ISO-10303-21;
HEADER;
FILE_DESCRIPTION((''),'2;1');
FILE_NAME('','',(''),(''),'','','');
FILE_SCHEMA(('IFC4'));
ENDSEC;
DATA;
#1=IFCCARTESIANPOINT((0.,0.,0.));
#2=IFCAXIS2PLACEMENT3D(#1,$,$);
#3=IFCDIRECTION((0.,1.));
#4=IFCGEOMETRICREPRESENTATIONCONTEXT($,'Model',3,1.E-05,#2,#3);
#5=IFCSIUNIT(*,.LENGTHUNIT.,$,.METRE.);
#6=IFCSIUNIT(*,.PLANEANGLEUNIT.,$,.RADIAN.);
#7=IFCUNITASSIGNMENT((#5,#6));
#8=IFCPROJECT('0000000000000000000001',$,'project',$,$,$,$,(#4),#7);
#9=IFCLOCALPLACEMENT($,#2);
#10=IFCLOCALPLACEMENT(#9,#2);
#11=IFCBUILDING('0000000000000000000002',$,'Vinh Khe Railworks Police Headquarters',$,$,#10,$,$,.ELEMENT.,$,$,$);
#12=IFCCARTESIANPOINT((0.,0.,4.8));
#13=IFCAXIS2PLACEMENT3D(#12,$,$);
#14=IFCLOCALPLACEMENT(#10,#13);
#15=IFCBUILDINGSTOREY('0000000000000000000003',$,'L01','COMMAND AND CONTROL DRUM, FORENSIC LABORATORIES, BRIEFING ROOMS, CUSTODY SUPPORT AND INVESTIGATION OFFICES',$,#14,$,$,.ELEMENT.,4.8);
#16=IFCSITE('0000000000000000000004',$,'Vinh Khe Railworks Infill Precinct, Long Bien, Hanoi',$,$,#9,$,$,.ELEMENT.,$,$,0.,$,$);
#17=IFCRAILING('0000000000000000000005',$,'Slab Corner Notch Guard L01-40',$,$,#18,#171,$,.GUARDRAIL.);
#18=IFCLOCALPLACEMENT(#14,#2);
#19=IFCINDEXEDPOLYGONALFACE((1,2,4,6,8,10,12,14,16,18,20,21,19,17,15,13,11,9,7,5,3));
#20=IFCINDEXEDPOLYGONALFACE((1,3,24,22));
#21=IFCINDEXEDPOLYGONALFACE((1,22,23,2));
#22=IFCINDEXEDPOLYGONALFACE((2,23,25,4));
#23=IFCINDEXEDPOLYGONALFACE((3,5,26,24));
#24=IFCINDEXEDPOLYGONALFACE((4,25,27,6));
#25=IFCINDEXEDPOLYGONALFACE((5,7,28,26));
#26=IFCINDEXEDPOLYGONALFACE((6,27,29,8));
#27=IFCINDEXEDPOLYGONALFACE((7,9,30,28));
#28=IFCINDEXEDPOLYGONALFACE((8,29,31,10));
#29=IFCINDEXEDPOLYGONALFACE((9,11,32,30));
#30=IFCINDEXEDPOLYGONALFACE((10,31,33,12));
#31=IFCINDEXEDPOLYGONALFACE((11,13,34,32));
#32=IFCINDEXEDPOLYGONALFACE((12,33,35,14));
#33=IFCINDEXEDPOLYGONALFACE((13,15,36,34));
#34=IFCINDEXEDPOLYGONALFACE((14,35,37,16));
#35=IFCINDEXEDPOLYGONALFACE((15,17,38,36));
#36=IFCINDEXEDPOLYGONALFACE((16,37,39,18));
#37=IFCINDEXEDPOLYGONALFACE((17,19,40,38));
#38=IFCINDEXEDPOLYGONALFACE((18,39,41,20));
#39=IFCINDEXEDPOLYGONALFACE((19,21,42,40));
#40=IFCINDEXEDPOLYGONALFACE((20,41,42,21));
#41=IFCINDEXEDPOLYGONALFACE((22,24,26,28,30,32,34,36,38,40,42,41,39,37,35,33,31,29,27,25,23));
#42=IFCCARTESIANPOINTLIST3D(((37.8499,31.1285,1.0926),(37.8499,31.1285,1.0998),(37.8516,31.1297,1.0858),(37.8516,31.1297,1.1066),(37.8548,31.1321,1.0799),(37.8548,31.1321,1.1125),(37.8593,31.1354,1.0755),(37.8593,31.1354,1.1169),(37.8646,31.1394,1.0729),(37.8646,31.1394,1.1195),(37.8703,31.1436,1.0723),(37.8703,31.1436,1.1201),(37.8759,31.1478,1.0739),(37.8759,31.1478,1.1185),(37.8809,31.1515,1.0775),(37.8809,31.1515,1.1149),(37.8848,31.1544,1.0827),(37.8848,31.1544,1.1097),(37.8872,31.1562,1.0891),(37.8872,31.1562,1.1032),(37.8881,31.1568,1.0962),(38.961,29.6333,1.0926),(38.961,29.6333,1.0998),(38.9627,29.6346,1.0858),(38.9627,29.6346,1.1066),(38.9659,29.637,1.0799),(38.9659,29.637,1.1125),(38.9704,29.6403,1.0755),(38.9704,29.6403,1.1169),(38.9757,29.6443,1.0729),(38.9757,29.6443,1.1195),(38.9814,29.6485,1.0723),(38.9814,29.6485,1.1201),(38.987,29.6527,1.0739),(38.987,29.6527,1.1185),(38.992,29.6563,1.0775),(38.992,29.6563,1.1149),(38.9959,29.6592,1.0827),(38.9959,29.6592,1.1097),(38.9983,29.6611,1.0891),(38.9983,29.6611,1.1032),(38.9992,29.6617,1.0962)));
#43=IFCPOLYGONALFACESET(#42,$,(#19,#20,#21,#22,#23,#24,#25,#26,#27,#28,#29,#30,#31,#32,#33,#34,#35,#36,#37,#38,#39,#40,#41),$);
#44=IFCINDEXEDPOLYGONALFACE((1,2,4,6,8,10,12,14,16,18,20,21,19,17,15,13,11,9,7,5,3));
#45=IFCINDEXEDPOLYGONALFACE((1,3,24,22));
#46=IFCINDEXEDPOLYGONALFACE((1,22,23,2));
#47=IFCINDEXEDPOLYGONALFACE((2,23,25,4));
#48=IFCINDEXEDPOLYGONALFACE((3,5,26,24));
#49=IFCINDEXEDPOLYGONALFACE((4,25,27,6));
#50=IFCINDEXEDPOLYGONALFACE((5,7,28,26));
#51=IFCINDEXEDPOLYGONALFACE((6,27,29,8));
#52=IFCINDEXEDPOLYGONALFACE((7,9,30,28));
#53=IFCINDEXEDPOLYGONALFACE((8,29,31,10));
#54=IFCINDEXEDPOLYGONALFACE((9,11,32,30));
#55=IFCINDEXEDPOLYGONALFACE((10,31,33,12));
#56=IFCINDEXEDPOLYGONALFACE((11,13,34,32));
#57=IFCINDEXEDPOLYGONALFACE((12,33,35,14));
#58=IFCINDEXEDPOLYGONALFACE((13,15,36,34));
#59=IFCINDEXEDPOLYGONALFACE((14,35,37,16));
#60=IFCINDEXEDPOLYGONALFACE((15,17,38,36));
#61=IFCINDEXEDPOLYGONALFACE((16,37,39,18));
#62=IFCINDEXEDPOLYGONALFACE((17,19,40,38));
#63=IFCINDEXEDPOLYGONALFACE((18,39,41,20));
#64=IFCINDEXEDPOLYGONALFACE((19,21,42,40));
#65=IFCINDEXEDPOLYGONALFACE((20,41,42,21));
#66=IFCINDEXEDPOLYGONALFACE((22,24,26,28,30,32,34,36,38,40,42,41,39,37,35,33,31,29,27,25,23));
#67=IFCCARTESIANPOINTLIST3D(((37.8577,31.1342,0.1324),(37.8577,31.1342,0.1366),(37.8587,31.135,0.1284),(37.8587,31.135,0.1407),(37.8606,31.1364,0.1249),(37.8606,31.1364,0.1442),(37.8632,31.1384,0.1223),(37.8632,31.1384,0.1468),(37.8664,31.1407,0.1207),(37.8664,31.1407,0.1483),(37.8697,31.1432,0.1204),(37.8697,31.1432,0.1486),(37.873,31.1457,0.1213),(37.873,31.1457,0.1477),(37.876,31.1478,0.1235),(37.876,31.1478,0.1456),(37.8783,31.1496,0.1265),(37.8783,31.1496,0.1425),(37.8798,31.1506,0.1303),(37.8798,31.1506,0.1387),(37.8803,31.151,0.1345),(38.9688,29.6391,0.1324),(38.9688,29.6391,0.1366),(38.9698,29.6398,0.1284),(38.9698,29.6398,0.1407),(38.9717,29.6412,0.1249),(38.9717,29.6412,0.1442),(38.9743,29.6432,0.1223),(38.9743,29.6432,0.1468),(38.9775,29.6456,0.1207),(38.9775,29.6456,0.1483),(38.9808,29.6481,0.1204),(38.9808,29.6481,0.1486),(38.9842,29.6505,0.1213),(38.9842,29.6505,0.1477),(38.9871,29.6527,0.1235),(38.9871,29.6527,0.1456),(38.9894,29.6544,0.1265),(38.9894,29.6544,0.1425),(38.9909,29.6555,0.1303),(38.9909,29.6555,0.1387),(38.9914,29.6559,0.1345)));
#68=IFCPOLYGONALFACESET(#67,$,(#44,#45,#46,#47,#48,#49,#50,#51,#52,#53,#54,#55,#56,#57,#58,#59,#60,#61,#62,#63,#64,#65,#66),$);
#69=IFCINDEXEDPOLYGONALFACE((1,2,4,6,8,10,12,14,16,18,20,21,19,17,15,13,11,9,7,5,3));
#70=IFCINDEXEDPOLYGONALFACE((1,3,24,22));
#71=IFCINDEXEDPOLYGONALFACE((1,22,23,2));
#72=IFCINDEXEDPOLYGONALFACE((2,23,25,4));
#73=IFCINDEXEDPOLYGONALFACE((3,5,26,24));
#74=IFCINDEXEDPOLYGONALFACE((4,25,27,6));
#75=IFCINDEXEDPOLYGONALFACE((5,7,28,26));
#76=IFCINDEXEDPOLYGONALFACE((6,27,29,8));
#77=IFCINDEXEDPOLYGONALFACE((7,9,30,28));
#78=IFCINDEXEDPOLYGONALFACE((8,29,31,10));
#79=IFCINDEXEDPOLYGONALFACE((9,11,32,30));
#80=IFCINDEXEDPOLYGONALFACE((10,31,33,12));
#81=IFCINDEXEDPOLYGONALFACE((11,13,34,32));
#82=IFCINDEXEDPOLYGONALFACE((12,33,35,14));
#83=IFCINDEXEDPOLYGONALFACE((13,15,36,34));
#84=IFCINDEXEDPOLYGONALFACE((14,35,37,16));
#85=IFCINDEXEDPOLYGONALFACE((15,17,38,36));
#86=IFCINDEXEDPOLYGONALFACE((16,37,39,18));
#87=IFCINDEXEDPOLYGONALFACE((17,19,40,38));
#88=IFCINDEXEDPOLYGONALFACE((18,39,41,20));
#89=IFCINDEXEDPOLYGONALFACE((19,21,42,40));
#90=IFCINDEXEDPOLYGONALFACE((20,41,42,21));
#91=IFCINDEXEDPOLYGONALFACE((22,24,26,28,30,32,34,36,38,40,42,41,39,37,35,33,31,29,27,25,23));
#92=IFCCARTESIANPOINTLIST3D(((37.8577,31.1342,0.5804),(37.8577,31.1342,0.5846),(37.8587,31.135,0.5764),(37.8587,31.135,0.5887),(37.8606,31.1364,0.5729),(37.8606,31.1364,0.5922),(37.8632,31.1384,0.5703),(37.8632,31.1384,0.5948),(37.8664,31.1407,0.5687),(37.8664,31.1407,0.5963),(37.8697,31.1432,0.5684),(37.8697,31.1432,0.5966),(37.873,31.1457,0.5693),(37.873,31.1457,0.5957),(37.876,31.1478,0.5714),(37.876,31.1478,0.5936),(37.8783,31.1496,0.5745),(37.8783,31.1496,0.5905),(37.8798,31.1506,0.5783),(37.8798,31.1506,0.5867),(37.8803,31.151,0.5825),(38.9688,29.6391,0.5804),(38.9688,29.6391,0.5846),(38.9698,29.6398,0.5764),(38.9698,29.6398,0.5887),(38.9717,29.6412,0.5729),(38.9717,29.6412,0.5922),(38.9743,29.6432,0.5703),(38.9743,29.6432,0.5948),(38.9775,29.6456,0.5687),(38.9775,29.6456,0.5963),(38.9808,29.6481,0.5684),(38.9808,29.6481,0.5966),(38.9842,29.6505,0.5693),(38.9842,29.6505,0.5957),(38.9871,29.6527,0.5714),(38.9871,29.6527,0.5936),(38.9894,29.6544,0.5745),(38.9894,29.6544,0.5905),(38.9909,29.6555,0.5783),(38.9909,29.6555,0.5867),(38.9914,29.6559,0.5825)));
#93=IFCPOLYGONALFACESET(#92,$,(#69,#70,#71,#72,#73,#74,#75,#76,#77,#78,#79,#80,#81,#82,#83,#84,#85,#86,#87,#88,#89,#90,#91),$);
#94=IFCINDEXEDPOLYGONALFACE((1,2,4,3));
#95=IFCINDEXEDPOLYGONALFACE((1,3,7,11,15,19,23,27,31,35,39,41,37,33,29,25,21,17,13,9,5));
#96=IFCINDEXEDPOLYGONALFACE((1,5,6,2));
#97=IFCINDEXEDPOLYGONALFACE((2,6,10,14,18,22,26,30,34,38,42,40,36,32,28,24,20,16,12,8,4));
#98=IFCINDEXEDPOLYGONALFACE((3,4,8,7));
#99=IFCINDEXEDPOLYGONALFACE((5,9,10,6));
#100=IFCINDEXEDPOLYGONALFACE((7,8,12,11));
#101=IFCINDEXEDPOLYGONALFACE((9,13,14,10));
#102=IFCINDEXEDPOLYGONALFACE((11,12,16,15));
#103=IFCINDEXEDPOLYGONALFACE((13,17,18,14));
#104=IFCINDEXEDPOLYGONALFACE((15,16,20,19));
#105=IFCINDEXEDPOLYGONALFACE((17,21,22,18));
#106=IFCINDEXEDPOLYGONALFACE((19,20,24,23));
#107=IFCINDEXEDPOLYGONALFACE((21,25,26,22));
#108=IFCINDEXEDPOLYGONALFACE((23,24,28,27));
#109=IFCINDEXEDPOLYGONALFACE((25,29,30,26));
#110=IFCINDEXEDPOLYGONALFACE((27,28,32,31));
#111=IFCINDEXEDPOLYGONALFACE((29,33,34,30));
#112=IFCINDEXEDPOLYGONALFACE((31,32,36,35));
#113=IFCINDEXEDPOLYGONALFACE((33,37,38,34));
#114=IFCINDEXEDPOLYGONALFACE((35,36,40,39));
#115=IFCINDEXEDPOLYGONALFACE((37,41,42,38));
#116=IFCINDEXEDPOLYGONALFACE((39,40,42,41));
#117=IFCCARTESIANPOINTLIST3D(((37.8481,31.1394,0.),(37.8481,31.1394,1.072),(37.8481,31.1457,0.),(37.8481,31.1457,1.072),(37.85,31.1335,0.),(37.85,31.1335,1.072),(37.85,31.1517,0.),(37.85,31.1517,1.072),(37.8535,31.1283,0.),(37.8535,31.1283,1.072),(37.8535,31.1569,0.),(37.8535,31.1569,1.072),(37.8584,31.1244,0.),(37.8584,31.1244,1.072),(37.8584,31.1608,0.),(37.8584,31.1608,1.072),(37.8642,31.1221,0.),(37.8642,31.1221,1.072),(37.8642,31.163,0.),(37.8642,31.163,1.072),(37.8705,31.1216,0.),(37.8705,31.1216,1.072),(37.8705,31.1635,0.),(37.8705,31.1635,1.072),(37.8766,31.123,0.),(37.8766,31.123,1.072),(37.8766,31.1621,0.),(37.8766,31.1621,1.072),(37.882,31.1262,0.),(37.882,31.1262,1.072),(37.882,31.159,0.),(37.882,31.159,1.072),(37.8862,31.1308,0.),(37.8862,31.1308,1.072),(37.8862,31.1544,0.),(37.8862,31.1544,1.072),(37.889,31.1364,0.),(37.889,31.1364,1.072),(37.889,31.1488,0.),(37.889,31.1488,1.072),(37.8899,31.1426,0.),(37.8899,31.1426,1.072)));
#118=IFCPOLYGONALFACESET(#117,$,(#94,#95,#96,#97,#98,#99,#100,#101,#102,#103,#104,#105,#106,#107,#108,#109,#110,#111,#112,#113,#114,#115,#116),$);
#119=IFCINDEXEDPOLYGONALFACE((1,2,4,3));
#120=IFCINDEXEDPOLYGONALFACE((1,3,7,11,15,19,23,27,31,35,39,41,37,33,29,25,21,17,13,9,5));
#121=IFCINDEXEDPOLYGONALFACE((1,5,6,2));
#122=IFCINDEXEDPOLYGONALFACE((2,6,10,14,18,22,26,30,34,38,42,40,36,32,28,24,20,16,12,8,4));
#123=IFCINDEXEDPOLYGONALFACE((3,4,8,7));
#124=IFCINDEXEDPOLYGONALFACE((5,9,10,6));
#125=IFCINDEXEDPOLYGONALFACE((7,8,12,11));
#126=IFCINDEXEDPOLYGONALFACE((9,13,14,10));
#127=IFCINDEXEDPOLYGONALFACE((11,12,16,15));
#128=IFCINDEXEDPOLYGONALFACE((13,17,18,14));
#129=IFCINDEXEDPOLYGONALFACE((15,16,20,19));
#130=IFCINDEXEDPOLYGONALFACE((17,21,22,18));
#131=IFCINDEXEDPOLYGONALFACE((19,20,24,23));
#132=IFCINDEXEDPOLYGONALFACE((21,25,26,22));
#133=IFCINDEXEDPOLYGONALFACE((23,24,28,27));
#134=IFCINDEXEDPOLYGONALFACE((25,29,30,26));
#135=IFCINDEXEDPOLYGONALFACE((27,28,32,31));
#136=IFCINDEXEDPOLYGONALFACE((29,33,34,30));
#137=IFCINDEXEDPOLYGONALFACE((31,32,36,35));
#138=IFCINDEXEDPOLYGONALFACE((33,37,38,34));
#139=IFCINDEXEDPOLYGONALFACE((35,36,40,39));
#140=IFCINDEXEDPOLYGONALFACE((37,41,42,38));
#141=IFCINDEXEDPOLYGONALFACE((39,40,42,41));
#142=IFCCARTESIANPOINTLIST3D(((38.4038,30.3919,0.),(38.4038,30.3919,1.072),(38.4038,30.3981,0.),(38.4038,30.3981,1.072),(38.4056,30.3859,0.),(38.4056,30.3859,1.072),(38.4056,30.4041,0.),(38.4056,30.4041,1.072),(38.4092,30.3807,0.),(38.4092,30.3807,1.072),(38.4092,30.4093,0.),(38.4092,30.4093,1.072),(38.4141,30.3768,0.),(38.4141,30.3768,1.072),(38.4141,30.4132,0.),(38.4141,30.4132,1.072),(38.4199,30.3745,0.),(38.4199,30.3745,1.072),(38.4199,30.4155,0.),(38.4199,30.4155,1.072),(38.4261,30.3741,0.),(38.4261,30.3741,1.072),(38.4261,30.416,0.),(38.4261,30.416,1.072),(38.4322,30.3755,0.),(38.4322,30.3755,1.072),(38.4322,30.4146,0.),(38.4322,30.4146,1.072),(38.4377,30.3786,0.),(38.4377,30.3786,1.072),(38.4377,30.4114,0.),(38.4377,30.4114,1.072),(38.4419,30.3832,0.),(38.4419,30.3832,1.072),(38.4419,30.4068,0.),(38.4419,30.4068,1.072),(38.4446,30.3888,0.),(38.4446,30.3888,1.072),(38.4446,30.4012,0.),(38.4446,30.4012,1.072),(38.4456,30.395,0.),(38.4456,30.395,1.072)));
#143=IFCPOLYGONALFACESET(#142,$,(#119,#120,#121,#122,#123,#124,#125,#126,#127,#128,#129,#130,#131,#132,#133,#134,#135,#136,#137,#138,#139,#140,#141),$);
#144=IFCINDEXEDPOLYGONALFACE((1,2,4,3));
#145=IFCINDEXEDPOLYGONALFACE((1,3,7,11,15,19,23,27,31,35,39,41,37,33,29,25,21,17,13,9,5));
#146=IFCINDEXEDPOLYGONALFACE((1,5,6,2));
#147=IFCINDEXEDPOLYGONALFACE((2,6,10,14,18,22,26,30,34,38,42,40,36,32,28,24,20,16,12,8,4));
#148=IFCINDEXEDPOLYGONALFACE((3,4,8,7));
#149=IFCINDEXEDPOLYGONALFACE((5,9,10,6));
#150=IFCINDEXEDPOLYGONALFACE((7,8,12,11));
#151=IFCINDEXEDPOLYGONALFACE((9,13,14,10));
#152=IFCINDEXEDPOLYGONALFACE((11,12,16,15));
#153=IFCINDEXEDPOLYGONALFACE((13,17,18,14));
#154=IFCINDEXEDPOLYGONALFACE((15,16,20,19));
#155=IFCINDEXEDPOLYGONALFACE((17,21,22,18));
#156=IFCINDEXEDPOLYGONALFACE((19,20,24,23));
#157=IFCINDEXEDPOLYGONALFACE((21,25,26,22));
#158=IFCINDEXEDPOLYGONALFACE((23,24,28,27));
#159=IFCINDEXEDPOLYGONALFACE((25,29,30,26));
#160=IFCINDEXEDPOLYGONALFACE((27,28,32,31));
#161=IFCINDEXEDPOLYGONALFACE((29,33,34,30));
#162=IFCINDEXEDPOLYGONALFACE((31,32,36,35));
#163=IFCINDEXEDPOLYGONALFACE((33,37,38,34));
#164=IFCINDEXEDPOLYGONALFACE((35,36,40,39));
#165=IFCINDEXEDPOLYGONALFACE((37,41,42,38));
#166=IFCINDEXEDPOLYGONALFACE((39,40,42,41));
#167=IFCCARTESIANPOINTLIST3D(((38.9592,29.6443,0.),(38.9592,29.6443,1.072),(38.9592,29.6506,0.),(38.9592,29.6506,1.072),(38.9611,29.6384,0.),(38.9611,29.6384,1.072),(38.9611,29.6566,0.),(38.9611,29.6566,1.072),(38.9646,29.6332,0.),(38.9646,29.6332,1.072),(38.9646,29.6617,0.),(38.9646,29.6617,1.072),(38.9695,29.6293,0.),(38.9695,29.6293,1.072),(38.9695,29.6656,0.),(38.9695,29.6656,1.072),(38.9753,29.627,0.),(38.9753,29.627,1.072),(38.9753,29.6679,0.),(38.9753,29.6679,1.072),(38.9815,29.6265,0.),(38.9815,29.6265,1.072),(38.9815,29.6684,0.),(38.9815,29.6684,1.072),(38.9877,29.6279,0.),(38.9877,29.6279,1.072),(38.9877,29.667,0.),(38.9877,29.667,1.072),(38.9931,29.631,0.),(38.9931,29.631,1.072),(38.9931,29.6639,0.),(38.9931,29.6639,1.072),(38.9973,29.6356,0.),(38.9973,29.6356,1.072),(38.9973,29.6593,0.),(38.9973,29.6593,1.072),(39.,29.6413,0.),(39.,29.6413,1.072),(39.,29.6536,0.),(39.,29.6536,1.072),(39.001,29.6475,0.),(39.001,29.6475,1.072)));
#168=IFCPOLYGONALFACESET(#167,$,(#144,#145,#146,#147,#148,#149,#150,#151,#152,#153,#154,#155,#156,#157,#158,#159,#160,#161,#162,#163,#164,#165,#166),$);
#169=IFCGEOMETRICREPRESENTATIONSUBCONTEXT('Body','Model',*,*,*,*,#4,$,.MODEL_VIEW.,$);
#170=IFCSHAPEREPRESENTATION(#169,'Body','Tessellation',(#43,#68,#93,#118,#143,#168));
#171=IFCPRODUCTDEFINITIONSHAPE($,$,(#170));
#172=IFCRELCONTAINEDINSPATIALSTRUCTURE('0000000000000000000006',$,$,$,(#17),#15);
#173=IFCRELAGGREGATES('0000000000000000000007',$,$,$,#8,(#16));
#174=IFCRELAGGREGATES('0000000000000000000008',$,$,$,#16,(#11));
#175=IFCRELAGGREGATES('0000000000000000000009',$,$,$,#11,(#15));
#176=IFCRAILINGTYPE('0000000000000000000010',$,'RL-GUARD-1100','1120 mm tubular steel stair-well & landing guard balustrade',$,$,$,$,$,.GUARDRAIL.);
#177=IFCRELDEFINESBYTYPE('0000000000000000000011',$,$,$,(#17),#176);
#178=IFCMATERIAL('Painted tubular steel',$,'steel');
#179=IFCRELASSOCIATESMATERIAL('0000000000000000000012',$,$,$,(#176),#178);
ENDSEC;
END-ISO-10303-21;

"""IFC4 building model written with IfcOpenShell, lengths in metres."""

from ifc_helpers import new_model, si_unit, direction, frame, origin, origin_2d, place, context, subcontext, project, spatial, circle, extrude, material, type_object, element, save


model = new_model("IFC4")

# Units and contexts
model_context = context("Model", 3, precision=1e-05, world=origin(), true_north=direction((0.0, 1.0)))
body_context = subcontext(model_context, "Body", "Model", "MODEL_VIEW")
ifc_project = project(units=[si_unit("LENGTHUNIT", "METRE"), si_unit("PLANEANGLEUNIT", "RADIAN")], contexts=[model_context])

# Site, building, storey
site_placement = place(None, origin())
site = spatial("IfcSite", under=ifc_project, at=site_placement, Name="Vinh Khe Railworks Infill Precinct, Long Bien, Hanoi", CompositionType="ELEMENT", RefElevation=0.0)
building_placement = place(site_placement, origin())
building = spatial("IfcBuilding", under=site, at=building_placement, Name="Vinh Khe Railworks Police Headquarters", CompositionType="ELEMENT")
storey_placement = place(building_placement, frame((0.0, 0.0, 4.8)))
storey = spatial("IfcBuildingStorey", under=building, at=storey_placement, Name="L01", Description="COMMAND AND CONTROL DRUM, FORENSIC LABORATORIES, BRIEFING ROOMS, CUSTODY SUPPORT AND INVESTIGATION OFFICES", CompositionType="ELEMENT", Elevation=4.8)

# Railing
ifc_material_1 = material(Name="Painted tubular steel", Category="steel")
railing_type = type_object("IfcRailingType", Name="RL-GUARD-1100", Description="1120 mm tubular steel stair-well & landing guard balustrade", PredefinedType="GUARDRAIL", material=ifc_material_1)
railing_placement = place(storey_placement, frame((37.8689, 31.1426, 0.0)))
element("IfcRailing", 1, at=railing_placement, inside=storey, type_object=railing_type, Name="Slab Corner Notch Guard L01-40", PredefinedType="GUARDRAIL", context=body_context, shape_type="SweptSolid", body=[
    extrude(circle(Radius=0.0239, at=origin_2d()), frame((0.0, 0.0, 1.0962), z_axis=(0.596471, -0.802634, 0.0), x_axis=(0.802634, 0.596471, 0.0)), (0.0, 0.0, 1.0), 1.8628),
    extrude(circle(Radius=0.0142, at=origin_2d()), frame((0.0, 0.0, 0.1345), z_axis=(0.596471, -0.802634, 0.0), x_axis=(0.802634, 0.596471, 0.0)), (0.0, 0.0, 1.0), 1.8628),
    extrude(circle(Radius=0.0142, at=origin_2d()), frame((0.0, 0.0, 0.5825), z_axis=(0.596471, -0.802634, 0.0), x_axis=(0.802634, 0.596471, 0.0)), (0.0, 0.0, 1.0), 1.8628),
    extrude(circle(Radius=0.021, at=origin_2d()), origin(), (0.0, 0.0, 1.0), 1.072),
    extrude(circle(Radius=0.021, at=origin_2d()), frame((0.5557, -0.7476, 0.0)), (0.0, 0.0, 1.0), 1.072),
    extrude(circle(Radius=0.021, at=origin_2d()), frame((1.1111, -1.4951, 0.0)), (0.0, 0.0, 1.0), 1.072),
])

save(model, "model.ifc")
